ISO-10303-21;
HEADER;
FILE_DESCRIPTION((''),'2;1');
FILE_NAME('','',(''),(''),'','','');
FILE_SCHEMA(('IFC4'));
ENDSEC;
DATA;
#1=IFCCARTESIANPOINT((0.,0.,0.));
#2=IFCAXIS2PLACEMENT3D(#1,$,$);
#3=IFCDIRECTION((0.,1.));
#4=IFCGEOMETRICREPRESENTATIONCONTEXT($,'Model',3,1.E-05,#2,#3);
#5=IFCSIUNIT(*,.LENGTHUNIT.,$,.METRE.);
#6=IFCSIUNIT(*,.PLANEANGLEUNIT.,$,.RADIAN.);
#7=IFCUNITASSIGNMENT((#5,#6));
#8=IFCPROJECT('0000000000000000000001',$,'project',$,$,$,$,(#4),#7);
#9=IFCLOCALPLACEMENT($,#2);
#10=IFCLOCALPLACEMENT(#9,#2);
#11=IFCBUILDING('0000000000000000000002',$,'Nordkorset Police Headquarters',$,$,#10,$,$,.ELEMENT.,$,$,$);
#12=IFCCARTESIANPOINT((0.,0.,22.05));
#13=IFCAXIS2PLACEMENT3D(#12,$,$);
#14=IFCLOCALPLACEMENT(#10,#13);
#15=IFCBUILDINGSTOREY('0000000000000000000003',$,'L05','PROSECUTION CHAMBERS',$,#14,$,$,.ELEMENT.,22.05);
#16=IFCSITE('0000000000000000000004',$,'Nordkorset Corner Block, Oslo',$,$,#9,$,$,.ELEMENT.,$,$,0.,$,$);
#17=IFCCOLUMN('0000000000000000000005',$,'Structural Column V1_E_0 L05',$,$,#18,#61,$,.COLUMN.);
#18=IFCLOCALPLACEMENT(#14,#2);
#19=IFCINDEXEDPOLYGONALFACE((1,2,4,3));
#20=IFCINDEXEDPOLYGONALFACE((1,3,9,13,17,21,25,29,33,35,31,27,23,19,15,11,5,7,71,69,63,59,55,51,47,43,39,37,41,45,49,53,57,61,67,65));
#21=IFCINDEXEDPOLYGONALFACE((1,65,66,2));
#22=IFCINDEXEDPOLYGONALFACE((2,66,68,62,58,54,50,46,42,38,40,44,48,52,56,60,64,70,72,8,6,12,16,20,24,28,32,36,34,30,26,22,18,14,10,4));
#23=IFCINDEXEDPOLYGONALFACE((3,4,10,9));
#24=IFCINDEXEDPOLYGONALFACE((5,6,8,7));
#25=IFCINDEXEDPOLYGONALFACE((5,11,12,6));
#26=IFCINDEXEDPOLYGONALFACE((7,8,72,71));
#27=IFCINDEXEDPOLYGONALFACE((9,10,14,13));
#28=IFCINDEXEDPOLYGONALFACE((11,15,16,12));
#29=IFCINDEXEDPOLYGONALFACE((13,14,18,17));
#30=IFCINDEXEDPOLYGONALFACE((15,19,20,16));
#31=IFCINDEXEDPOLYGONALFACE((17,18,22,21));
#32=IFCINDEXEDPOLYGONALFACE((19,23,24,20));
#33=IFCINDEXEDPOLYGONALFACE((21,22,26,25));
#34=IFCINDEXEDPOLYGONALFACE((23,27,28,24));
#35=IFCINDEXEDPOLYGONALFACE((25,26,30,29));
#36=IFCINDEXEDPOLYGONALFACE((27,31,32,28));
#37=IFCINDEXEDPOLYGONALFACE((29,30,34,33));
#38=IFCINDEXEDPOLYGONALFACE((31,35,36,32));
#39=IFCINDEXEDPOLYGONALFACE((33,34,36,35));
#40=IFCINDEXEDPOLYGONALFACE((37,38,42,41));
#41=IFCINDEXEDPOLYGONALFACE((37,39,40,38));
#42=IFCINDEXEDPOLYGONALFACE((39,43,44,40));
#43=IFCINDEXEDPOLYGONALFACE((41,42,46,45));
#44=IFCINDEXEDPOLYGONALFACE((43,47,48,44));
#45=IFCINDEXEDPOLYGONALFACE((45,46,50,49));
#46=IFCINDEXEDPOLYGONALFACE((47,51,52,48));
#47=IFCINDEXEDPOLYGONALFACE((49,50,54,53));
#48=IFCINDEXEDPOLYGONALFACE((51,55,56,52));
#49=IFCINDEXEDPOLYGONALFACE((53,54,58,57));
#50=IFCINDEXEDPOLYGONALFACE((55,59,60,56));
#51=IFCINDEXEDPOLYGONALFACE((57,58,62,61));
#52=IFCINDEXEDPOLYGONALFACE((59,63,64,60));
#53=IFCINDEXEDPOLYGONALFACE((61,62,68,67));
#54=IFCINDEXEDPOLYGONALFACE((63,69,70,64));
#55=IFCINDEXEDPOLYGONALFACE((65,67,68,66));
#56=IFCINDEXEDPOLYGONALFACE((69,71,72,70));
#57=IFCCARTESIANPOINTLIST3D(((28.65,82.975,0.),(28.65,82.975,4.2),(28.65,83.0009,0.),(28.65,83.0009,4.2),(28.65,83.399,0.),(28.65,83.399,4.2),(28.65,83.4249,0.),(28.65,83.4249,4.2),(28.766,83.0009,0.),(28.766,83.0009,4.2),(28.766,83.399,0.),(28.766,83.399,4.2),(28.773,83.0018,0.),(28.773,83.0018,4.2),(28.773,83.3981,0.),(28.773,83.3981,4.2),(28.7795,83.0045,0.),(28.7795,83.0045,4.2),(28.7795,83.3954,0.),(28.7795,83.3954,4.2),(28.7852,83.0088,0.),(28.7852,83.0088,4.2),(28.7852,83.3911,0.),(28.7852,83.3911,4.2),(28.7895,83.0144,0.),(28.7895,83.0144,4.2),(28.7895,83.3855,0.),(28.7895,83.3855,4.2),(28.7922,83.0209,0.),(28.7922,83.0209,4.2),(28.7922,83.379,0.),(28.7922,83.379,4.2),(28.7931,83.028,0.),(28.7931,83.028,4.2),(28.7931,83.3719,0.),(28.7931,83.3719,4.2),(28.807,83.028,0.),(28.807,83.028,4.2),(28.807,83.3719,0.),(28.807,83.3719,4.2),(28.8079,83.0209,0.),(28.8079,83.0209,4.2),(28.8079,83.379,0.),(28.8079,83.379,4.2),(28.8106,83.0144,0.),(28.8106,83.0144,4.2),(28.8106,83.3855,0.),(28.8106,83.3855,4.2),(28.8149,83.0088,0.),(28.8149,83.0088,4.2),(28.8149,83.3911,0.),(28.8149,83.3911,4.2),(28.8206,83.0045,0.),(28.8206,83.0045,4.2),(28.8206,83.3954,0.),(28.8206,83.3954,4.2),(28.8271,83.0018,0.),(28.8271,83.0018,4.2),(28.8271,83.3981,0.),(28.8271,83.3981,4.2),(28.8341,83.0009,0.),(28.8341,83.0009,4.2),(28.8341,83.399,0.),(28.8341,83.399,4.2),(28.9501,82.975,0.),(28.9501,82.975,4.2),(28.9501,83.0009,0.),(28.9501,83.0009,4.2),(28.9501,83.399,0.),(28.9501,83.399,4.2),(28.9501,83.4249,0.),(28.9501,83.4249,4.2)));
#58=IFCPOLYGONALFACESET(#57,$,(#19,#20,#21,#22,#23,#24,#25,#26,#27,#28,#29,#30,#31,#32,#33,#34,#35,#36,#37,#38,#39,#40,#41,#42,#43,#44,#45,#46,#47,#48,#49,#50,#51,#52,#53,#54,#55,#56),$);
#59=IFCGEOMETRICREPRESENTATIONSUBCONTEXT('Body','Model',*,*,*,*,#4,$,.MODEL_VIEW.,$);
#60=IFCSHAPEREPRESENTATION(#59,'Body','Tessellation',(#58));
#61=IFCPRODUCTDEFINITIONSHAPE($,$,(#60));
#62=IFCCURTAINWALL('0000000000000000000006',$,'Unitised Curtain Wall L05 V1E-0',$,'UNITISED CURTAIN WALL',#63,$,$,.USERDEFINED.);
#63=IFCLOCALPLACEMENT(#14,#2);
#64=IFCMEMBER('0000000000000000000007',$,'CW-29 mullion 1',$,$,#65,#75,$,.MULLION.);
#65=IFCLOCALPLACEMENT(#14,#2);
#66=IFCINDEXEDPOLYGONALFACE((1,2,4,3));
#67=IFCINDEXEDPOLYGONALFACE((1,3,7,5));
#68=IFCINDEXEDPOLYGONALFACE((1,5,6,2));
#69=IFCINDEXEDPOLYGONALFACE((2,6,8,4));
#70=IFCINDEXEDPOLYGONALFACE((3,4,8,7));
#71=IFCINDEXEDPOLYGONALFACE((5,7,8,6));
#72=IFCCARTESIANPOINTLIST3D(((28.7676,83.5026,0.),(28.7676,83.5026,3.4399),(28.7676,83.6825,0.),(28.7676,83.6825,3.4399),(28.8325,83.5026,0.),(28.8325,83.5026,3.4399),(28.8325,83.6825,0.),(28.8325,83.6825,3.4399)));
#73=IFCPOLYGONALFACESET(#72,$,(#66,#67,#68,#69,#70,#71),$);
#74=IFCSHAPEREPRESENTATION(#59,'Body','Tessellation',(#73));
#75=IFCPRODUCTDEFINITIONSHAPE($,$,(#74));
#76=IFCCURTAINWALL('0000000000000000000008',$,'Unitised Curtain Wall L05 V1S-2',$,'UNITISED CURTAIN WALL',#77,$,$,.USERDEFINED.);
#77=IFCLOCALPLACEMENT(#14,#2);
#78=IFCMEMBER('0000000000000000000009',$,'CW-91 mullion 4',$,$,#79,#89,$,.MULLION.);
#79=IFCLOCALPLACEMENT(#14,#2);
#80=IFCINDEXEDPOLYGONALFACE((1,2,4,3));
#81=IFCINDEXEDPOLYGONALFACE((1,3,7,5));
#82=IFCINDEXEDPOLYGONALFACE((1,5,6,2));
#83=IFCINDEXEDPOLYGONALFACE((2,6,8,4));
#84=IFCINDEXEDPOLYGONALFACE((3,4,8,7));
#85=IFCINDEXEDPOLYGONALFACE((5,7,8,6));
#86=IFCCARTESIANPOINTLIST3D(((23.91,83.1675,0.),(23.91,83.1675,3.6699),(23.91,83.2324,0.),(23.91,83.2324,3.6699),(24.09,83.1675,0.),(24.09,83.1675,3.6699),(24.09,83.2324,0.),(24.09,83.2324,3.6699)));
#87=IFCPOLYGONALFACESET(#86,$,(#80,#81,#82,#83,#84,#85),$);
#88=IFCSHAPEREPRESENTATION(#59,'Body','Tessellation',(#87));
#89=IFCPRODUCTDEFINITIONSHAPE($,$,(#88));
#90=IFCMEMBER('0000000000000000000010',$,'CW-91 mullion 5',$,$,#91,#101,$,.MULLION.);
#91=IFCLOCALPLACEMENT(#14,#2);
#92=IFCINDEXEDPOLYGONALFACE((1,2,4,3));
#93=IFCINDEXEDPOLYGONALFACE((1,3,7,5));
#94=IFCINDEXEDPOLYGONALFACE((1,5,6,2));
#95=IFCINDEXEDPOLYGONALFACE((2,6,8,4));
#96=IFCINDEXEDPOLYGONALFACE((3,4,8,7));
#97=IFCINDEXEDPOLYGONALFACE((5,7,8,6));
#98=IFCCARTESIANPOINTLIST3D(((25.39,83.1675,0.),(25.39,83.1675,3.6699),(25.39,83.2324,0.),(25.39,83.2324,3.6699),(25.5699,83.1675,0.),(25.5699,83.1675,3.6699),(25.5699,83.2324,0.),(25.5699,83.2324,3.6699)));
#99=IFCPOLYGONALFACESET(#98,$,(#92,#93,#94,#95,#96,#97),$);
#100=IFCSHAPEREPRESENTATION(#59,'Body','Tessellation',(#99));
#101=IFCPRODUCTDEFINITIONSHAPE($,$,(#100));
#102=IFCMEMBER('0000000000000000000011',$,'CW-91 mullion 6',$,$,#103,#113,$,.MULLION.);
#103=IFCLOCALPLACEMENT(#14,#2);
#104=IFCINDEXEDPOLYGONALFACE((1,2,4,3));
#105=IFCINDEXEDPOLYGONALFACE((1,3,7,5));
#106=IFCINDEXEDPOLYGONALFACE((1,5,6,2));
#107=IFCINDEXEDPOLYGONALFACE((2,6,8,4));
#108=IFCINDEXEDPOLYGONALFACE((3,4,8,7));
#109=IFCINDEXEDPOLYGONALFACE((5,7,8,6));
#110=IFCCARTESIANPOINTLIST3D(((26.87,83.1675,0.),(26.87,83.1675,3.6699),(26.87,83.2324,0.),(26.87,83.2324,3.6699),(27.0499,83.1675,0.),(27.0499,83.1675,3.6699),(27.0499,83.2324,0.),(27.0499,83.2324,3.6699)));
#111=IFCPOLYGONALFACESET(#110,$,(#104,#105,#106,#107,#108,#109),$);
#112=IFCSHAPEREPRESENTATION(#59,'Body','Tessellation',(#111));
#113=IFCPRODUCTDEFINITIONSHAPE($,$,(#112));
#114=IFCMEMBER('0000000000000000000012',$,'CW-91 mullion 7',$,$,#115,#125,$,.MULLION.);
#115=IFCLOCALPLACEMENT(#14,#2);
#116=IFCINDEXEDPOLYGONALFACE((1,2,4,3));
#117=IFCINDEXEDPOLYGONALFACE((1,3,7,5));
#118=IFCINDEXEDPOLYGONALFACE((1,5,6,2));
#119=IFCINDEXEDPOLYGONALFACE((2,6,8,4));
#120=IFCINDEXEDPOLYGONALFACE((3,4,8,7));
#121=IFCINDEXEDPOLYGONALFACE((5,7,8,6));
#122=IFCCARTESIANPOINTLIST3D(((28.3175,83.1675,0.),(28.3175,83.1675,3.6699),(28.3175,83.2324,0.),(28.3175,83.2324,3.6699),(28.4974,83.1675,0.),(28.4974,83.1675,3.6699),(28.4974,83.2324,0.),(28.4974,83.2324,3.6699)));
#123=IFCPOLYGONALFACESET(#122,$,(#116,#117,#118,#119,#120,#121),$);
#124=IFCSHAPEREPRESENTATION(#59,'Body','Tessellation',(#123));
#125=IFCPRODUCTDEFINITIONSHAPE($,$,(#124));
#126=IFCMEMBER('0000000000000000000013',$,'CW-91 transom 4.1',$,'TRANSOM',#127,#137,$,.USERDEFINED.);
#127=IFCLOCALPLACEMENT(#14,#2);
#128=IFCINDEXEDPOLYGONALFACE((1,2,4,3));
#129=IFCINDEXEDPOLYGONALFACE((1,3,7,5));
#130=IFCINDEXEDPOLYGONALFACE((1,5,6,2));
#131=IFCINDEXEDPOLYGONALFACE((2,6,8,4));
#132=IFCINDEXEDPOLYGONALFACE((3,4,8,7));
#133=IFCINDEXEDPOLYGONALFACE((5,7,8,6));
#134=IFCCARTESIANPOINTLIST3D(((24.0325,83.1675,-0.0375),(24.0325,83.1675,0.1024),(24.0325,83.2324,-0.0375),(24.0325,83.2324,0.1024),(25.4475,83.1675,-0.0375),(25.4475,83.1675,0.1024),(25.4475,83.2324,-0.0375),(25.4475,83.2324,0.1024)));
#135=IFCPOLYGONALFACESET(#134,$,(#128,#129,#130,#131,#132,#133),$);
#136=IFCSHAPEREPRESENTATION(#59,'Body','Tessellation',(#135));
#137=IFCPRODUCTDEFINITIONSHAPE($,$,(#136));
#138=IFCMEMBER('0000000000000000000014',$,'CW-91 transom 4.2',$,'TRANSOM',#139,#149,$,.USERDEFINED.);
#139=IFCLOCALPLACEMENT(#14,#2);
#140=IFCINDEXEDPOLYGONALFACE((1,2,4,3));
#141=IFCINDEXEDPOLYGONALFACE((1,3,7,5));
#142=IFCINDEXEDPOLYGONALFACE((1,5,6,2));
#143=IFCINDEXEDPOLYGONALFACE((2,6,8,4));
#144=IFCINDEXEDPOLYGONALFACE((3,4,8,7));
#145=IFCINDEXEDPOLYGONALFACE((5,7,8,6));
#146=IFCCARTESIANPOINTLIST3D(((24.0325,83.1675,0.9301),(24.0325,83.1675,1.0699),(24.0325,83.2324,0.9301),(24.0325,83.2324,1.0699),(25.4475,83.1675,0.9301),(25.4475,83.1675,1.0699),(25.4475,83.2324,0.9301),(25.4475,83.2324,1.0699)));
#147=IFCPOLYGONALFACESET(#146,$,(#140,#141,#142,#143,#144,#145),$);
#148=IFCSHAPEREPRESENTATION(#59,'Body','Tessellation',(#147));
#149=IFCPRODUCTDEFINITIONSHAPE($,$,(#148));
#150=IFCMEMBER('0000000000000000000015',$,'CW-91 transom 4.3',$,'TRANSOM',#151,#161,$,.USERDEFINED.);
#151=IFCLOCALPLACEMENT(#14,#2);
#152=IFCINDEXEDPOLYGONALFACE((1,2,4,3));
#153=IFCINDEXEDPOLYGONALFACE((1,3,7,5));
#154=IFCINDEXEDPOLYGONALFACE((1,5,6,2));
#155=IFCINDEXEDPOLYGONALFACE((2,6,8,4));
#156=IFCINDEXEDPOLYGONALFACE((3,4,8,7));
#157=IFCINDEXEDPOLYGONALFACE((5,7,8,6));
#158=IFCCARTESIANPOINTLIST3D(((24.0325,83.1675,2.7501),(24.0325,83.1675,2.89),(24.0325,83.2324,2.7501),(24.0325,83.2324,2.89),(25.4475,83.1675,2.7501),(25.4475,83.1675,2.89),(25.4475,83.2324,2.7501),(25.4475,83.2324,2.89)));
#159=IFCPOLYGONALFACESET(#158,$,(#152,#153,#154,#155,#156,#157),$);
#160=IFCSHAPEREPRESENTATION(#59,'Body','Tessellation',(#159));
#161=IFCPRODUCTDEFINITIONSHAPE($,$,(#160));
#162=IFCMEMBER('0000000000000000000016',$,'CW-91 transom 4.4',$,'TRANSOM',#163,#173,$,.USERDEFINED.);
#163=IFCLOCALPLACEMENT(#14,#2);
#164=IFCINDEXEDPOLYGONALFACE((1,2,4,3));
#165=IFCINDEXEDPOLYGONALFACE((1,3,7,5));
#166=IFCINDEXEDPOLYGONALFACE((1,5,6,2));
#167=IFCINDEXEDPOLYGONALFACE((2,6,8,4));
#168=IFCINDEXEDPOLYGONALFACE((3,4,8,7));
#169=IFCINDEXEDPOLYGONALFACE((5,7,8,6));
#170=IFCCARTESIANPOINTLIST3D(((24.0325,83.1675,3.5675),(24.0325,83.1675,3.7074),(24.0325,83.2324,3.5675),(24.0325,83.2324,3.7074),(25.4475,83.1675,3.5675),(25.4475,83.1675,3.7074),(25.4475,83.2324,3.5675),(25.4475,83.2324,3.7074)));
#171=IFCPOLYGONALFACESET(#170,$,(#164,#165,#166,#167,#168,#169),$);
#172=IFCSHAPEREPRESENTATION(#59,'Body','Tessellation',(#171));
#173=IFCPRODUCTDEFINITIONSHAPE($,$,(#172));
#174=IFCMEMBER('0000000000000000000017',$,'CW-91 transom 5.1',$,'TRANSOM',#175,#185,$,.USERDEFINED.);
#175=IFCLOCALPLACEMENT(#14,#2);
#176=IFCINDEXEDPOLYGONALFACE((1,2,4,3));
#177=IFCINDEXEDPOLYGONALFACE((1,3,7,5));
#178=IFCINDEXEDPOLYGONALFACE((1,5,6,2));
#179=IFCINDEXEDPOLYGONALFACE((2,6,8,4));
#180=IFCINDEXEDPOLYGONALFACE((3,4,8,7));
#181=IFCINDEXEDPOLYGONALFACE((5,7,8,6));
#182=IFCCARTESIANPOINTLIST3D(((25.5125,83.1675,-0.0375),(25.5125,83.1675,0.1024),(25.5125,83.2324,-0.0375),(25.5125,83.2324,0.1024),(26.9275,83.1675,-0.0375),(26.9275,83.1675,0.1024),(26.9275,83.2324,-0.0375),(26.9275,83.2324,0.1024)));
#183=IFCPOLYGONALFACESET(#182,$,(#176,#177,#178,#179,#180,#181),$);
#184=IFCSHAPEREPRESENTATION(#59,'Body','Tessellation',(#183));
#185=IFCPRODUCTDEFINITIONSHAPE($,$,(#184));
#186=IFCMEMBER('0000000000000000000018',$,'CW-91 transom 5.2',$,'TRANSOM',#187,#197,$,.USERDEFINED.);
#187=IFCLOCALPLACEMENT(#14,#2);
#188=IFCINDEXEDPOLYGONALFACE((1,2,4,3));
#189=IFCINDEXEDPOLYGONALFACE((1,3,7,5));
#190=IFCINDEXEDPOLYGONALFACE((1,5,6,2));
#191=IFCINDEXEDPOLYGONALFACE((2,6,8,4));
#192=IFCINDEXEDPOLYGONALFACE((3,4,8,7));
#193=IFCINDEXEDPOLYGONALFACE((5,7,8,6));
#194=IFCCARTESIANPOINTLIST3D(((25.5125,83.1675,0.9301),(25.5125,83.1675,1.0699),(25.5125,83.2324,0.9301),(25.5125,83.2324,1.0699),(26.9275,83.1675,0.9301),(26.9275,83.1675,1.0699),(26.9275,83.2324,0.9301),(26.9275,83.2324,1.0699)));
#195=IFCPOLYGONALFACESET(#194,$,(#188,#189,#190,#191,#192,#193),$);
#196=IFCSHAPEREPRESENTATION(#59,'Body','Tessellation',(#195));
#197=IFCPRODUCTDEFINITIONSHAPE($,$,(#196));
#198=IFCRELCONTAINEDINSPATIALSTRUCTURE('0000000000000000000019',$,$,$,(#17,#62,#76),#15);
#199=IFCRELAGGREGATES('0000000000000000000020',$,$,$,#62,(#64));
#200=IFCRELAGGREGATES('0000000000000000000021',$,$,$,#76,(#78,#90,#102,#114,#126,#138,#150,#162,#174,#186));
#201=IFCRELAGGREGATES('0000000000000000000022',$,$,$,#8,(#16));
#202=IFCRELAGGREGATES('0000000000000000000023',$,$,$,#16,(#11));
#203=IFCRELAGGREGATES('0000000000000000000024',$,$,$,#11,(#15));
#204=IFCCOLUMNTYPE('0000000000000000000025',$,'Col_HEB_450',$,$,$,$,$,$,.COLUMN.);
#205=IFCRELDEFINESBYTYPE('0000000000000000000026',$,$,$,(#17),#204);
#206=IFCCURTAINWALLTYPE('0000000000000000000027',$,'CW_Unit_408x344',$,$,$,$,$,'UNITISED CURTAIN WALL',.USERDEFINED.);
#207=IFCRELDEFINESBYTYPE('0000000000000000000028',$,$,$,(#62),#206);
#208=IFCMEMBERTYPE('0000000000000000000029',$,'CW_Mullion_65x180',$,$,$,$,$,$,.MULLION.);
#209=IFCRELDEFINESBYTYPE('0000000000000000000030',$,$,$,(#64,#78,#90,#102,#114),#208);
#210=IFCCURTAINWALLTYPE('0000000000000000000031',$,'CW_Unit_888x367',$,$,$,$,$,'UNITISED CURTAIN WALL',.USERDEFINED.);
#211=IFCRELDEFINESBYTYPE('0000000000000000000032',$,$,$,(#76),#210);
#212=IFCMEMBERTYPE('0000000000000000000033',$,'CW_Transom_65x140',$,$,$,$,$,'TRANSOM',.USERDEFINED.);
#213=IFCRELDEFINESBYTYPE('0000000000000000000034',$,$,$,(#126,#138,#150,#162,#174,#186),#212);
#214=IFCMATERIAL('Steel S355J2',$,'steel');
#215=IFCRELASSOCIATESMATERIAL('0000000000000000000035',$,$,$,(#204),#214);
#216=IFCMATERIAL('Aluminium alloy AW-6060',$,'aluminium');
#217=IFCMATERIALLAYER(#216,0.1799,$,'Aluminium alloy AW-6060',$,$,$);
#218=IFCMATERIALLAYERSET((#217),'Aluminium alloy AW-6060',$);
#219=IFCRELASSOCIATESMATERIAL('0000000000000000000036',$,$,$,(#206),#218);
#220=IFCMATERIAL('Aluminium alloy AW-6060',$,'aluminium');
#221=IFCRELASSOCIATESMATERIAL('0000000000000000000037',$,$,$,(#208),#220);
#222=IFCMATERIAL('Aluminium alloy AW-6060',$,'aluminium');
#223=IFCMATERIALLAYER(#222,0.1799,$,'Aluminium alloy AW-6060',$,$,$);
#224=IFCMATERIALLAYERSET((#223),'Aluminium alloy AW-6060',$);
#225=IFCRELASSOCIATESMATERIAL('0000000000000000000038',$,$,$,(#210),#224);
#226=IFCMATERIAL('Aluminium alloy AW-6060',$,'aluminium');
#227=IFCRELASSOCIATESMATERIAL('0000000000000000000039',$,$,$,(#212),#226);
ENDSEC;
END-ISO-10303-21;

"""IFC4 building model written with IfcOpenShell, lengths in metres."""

from ifc_helpers import new_model, si_unit, direction, frame, origin, origin_2d, place, context, subcontext, project, spatial, rectangle, i_section, extrude, material, layer, layer_set, material_profile, profile_set, type_object, element, aggregate, save


model = new_model("IFC4")

# Units and contexts
model_context = context("Model", 3, precision=1e-05, world=origin(), true_north=direction((0.0, 1.0)))
body_context = subcontext(model_context, "Body", "Model", "MODEL_VIEW")
ifc_project = project(units=[si_unit("LENGTHUNIT", "METRE"), si_unit("PLANEANGLEUNIT", "RADIAN")], contexts=[model_context])

# Site, building, storey
site_placement = place(None, origin())
site = spatial("IfcSite", under=ifc_project, at=site_placement, Name="Nordkorset Corner Block, Oslo", CompositionType="ELEMENT", RefElevation=0.0)
building_placement = place(site_placement, origin())
building = spatial("IfcBuilding", under=site, at=building_placement, Name="Nordkorset Police Headquarters", CompositionType="ELEMENT")
storey_placement = place(building_placement, frame((0.0, 0.0, 22.05)))
storey = spatial("IfcBuildingStorey", under=building, at=storey_placement, Name="L05", Description="PROSECUTION CHAMBERS", CompositionType="ELEMENT", Elevation=22.05)

# Column
ifc_material_1 = material(Name="Steel S355J2", Category="steel")
ifc_material_profile_1 = material_profile(ifc_material_1, i_section(OverallWidth=0.3, OverallDepth=0.45, WebThickness=0.0139, FlangeThickness=0.0259, FilletRadius=0.0271, at=origin_2d()), Name="HEB 450")
ifc_profile_set_1 = profile_set([ifc_material_profile_1], Name="Steel S355J2")
column_type = type_object("IfcColumnType", Name="Col_HEB_450", PredefinedType="COLUMN", material=ifc_profile_set_1)
column_placement = place(storey_placement, frame((28.8, 83.2, 0.0), z_axis=(0.0, 0.0, 1.0), x_axis=(1.0, 0.0, 0.0)))
element("IfcColumn", 1, at=column_placement, inside=storey, type_object=column_type, Name="Structural Column V1_E_0 L05", PredefinedType="COLUMN", context=body_context, shape_type="SweptSolid", body=[
    extrude(i_section(OverallWidth=0.3, OverallDepth=0.45, WebThickness=0.0139, FlangeThickness=0.0259, FilletRadius=0.0271, at=origin_2d()), origin(), (0.0, 0.0, 1.0), 4.2),
])

# Curtain wall, member
ifc_material_2 = material(Name="Aluminium alloy AW-6060", Category="aluminium")
ifc_layer_1 = layer(ifc_material_2, 0.1799, Name="Aluminium alloy AW-6060")
ifc_layer_set_1 = layer_set([ifc_layer_1], Name="Aluminium alloy AW-6060")
curtain_wall_type_1 = type_object("IfcCurtainWallType", Name="CW_Unit_408x344", ElementType="UNITISED CURTAIN WALL", PredefinedType="USERDEFINED", material=ifc_layer_set_1)
curtain_wall_1_placement = place(storey_placement, origin())
curtain_wall_1 = element("IfcCurtainWall", 2, at=curtain_wall_1_placement, inside=storey, type_object=curtain_wall_type_1, Name="Unitised Curtain Wall L05 V1E-0", ObjectType="UNITISED CURTAIN WALL", PredefinedType="USERDEFINED")
ifc_material_3 = material(Name="Aluminium alloy AW-6060", Category="aluminium")
ifc_material_profile_2 = material_profile(ifc_material_3, rectangle(XDim=0.0649, YDim=0.1799, at=origin_2d()), Name="ALU MULL 65x180")
ifc_profile_set_2 = profile_set([ifc_material_profile_2], Name="Aluminium alloy AW-6060")
member_type_1 = type_object("IfcMemberType", Name="CW_Mullion_65x180", PredefinedType="MULLION", material=ifc_profile_set_2)
member_1_placement = place(storey_placement, frame((28.8, 83.5925, 0.0), z_axis=(0.0, 0.0, 1.0), x_axis=(-1.0, 0.0, 0.0)))
member_1 = element("IfcMember", 3, at=member_1_placement, type_object=member_type_1, Name="CW-29 mullion 1", PredefinedType="MULLION", context=body_context, shape_type="SweptSolid", body=[
    extrude(rectangle(XDim=0.0649, YDim=0.1799, at=origin_2d()), origin(), (0.0, 0.0, 1.0), 3.4399),
])
aggregate(curtain_wall_1, [member_1])

# Curtain wall, members
ifc_material_4 = material(Name="Aluminium alloy AW-6060", Category="aluminium")
ifc_layer_2 = layer(ifc_material_4, 0.1799, Name="Aluminium alloy AW-6060")
ifc_layer_set_2 = layer_set([ifc_layer_2], Name="Aluminium alloy AW-6060")
curtain_wall_type_2 = type_object("IfcCurtainWallType", Name="CW_Unit_888x367", ElementType="UNITISED CURTAIN WALL", PredefinedType="USERDEFINED", material=ifc_layer_set_2)
curtain_wall_2_placement = place(storey_placement, origin())
curtain_wall_2 = element("IfcCurtainWall", 4, at=curtain_wall_2_placement, inside=storey, type_object=curtain_wall_type_2, Name="Unitised Curtain Wall L05 V1S-2", ObjectType="UNITISED CURTAIN WALL", PredefinedType="USERDEFINED")
member_2_placement = place(storey_placement, frame((24.0, 83.2, 0.0), z_axis=(0.0, 0.0, 1.0), x_axis=(0.0, 1.0, 0.0)))
member_2 = element("IfcMember", 5, at=member_2_placement, type_object=member_type_1, Name="CW-91 mullion 4", PredefinedType="MULLION", context=body_context, shape_type="SweptSolid", body=[
    extrude(rectangle(XDim=0.0649, YDim=0.1799, at=origin_2d()), origin(), (0.0, 0.0, 1.0), 3.6699),
])
member_3_placement = place(storey_placement, frame((25.48, 83.2, 0.0), z_axis=(0.0, 0.0, 1.0), x_axis=(0.0, 1.0, 0.0)))
member_3 = element("IfcMember", 6, at=member_3_placement, type_object=member_type_1, Name="CW-91 mullion 5", PredefinedType="MULLION", context=body_context, shape_type="SweptSolid", body=[
    extrude(rectangle(XDim=0.0649, YDim=0.1799, at=origin_2d()), origin(), (0.0, 0.0, 1.0), 3.6699),
])
member_4_placement = place(storey_placement, frame((26.96, 83.2, 0.0), z_axis=(0.0, 0.0, 1.0), x_axis=(0.0, 1.0, 0.0)))
member_4 = element("IfcMember", 7, at=member_4_placement, type_object=member_type_1, Name="CW-91 mullion 6", PredefinedType="MULLION", context=body_context, shape_type="SweptSolid", body=[
    extrude(rectangle(XDim=0.0649, YDim=0.1799, at=origin_2d()), origin(), (0.0, 0.0, 1.0), 3.6699),
])
member_5_placement = place(storey_placement, frame((28.4075, 83.2, 0.0), z_axis=(0.0, 0.0, 1.0), x_axis=(0.0, 1.0, 0.0)))
member_5 = element("IfcMember", 8, at=member_5_placement, type_object=member_type_1, Name="CW-91 mullion 7", PredefinedType="MULLION", context=body_context, shape_type="SweptSolid", body=[
    extrude(rectangle(XDim=0.0649, YDim=0.1799, at=origin_2d()), origin(), (0.0, 0.0, 1.0), 3.6699),
])
ifc_material_5 = material(Name="Aluminium alloy AW-6060", Category="aluminium")
ifc_material_profile_3 = material_profile(ifc_material_5, rectangle(XDim=0.0649, YDim=0.1399, at=origin_2d()), Name="ALU TRAN 65x140")
ifc_profile_set_3 = profile_set([ifc_material_profile_3], Name="Aluminium alloy AW-6060")
member_type_2 = type_object("IfcMemberType", Name="CW_Transom_65x140", ElementType="TRANSOM", PredefinedType="USERDEFINED", material=ifc_profile_set_3)
member_6_placement = place(storey_placement, frame((24.0325, 83.2, 0.0325), z_axis=(1.0, 0.0, 0.0), x_axis=(0.0, 1.0, 0.0)))
member_6 = element("IfcMember", 9, at=member_6_placement, type_object=member_type_2, Name="CW-91 transom 4.1", ObjectType="TRANSOM", PredefinedType="USERDEFINED", context=body_context, shape_type="SweptSolid", body=[
    extrude(rectangle(XDim=0.0649, YDim=0.1399, at=origin_2d()), origin(), (0.0, 0.0, 1.0), 1.415),
])
member_7_placement = place(storey_placement, frame((24.0325, 83.2, 1.0), z_axis=(1.0, 0.0, 0.0), x_axis=(0.0, 1.0, 0.0)))
member_7 = element("IfcMember", 10, at=member_7_placement, type_object=member_type_2, Name="CW-91 transom 4.2", ObjectType="TRANSOM", PredefinedType="USERDEFINED", context=body_context, shape_type="SweptSolid", body=[
    extrude(rectangle(XDim=0.0649, YDim=0.1399, at=origin_2d()), origin(), (0.0, 0.0, 1.0), 1.415),
])
member_8_placement = place(storey_placement, frame((24.0325, 83.2, 2.8201), z_axis=(1.0, 0.0, 0.0), x_axis=(0.0, 1.0, 0.0)))
member_8 = element("IfcMember", 11, at=member_8_placement, type_object=member_type_2, Name="CW-91 transom 4.3", ObjectType="TRANSOM", PredefinedType="USERDEFINED", context=body_context, shape_type="SweptSolid", body=[
    extrude(rectangle(XDim=0.0649, YDim=0.1399, at=origin_2d()), origin(), (0.0, 0.0, 1.0), 1.415),
])
member_9_placement = place(storey_placement, frame((24.0325, 83.2, 3.6375), z_axis=(1.0, 0.0, 0.0), x_axis=(0.0, 1.0, 0.0)))
member_9 = element("IfcMember", 12, at=member_9_placement, type_object=member_type_2, Name="CW-91 transom 4.4", ObjectType="TRANSOM", PredefinedType="USERDEFINED", context=body_context, shape_type="SweptSolid", body=[
    extrude(rectangle(XDim=0.0649, YDim=0.1399, at=origin_2d()), origin(), (0.0, 0.0, 1.0), 1.415),
])
member_10_placement = place(storey_placement, frame((25.5125, 83.2, 0.0325), z_axis=(1.0, 0.0, 0.0), x_axis=(0.0, 1.0, 0.0)))
member_10 = element("IfcMember", 13, at=member_10_placement, type_object=member_type_2, Name="CW-91 transom 5.1", ObjectType="TRANSOM", PredefinedType="USERDEFINED", context=body_context, shape_type="SweptSolid", body=[
    extrude(rectangle(XDim=0.0649, YDim=0.1399, at=origin_2d()), origin(), (0.0, 0.0, 1.0), 1.415),
])
member_11_placement = place(storey_placement, frame((25.5125, 83.2, 1.0), z_axis=(1.0, 0.0, 0.0), x_axis=(0.0, 1.0, 0.0)))
member_11 = element("IfcMember", 14, at=member_11_placement, type_object=member_type_2, Name="CW-91 transom 5.2", ObjectType="TRANSOM", PredefinedType="USERDEFINED", context=body_context, shape_type="SweptSolid", body=[
    extrude(rectangle(XDim=0.0649, YDim=0.1399, at=origin_2d()), origin(), (0.0, 0.0, 1.0), 1.415),
])

aggregate(curtain_wall_2, [member_2, member_3, member_4, member_5, member_6, member_7, member_8, member_9, member_10, member_11])

save(model, "model.ifc")
